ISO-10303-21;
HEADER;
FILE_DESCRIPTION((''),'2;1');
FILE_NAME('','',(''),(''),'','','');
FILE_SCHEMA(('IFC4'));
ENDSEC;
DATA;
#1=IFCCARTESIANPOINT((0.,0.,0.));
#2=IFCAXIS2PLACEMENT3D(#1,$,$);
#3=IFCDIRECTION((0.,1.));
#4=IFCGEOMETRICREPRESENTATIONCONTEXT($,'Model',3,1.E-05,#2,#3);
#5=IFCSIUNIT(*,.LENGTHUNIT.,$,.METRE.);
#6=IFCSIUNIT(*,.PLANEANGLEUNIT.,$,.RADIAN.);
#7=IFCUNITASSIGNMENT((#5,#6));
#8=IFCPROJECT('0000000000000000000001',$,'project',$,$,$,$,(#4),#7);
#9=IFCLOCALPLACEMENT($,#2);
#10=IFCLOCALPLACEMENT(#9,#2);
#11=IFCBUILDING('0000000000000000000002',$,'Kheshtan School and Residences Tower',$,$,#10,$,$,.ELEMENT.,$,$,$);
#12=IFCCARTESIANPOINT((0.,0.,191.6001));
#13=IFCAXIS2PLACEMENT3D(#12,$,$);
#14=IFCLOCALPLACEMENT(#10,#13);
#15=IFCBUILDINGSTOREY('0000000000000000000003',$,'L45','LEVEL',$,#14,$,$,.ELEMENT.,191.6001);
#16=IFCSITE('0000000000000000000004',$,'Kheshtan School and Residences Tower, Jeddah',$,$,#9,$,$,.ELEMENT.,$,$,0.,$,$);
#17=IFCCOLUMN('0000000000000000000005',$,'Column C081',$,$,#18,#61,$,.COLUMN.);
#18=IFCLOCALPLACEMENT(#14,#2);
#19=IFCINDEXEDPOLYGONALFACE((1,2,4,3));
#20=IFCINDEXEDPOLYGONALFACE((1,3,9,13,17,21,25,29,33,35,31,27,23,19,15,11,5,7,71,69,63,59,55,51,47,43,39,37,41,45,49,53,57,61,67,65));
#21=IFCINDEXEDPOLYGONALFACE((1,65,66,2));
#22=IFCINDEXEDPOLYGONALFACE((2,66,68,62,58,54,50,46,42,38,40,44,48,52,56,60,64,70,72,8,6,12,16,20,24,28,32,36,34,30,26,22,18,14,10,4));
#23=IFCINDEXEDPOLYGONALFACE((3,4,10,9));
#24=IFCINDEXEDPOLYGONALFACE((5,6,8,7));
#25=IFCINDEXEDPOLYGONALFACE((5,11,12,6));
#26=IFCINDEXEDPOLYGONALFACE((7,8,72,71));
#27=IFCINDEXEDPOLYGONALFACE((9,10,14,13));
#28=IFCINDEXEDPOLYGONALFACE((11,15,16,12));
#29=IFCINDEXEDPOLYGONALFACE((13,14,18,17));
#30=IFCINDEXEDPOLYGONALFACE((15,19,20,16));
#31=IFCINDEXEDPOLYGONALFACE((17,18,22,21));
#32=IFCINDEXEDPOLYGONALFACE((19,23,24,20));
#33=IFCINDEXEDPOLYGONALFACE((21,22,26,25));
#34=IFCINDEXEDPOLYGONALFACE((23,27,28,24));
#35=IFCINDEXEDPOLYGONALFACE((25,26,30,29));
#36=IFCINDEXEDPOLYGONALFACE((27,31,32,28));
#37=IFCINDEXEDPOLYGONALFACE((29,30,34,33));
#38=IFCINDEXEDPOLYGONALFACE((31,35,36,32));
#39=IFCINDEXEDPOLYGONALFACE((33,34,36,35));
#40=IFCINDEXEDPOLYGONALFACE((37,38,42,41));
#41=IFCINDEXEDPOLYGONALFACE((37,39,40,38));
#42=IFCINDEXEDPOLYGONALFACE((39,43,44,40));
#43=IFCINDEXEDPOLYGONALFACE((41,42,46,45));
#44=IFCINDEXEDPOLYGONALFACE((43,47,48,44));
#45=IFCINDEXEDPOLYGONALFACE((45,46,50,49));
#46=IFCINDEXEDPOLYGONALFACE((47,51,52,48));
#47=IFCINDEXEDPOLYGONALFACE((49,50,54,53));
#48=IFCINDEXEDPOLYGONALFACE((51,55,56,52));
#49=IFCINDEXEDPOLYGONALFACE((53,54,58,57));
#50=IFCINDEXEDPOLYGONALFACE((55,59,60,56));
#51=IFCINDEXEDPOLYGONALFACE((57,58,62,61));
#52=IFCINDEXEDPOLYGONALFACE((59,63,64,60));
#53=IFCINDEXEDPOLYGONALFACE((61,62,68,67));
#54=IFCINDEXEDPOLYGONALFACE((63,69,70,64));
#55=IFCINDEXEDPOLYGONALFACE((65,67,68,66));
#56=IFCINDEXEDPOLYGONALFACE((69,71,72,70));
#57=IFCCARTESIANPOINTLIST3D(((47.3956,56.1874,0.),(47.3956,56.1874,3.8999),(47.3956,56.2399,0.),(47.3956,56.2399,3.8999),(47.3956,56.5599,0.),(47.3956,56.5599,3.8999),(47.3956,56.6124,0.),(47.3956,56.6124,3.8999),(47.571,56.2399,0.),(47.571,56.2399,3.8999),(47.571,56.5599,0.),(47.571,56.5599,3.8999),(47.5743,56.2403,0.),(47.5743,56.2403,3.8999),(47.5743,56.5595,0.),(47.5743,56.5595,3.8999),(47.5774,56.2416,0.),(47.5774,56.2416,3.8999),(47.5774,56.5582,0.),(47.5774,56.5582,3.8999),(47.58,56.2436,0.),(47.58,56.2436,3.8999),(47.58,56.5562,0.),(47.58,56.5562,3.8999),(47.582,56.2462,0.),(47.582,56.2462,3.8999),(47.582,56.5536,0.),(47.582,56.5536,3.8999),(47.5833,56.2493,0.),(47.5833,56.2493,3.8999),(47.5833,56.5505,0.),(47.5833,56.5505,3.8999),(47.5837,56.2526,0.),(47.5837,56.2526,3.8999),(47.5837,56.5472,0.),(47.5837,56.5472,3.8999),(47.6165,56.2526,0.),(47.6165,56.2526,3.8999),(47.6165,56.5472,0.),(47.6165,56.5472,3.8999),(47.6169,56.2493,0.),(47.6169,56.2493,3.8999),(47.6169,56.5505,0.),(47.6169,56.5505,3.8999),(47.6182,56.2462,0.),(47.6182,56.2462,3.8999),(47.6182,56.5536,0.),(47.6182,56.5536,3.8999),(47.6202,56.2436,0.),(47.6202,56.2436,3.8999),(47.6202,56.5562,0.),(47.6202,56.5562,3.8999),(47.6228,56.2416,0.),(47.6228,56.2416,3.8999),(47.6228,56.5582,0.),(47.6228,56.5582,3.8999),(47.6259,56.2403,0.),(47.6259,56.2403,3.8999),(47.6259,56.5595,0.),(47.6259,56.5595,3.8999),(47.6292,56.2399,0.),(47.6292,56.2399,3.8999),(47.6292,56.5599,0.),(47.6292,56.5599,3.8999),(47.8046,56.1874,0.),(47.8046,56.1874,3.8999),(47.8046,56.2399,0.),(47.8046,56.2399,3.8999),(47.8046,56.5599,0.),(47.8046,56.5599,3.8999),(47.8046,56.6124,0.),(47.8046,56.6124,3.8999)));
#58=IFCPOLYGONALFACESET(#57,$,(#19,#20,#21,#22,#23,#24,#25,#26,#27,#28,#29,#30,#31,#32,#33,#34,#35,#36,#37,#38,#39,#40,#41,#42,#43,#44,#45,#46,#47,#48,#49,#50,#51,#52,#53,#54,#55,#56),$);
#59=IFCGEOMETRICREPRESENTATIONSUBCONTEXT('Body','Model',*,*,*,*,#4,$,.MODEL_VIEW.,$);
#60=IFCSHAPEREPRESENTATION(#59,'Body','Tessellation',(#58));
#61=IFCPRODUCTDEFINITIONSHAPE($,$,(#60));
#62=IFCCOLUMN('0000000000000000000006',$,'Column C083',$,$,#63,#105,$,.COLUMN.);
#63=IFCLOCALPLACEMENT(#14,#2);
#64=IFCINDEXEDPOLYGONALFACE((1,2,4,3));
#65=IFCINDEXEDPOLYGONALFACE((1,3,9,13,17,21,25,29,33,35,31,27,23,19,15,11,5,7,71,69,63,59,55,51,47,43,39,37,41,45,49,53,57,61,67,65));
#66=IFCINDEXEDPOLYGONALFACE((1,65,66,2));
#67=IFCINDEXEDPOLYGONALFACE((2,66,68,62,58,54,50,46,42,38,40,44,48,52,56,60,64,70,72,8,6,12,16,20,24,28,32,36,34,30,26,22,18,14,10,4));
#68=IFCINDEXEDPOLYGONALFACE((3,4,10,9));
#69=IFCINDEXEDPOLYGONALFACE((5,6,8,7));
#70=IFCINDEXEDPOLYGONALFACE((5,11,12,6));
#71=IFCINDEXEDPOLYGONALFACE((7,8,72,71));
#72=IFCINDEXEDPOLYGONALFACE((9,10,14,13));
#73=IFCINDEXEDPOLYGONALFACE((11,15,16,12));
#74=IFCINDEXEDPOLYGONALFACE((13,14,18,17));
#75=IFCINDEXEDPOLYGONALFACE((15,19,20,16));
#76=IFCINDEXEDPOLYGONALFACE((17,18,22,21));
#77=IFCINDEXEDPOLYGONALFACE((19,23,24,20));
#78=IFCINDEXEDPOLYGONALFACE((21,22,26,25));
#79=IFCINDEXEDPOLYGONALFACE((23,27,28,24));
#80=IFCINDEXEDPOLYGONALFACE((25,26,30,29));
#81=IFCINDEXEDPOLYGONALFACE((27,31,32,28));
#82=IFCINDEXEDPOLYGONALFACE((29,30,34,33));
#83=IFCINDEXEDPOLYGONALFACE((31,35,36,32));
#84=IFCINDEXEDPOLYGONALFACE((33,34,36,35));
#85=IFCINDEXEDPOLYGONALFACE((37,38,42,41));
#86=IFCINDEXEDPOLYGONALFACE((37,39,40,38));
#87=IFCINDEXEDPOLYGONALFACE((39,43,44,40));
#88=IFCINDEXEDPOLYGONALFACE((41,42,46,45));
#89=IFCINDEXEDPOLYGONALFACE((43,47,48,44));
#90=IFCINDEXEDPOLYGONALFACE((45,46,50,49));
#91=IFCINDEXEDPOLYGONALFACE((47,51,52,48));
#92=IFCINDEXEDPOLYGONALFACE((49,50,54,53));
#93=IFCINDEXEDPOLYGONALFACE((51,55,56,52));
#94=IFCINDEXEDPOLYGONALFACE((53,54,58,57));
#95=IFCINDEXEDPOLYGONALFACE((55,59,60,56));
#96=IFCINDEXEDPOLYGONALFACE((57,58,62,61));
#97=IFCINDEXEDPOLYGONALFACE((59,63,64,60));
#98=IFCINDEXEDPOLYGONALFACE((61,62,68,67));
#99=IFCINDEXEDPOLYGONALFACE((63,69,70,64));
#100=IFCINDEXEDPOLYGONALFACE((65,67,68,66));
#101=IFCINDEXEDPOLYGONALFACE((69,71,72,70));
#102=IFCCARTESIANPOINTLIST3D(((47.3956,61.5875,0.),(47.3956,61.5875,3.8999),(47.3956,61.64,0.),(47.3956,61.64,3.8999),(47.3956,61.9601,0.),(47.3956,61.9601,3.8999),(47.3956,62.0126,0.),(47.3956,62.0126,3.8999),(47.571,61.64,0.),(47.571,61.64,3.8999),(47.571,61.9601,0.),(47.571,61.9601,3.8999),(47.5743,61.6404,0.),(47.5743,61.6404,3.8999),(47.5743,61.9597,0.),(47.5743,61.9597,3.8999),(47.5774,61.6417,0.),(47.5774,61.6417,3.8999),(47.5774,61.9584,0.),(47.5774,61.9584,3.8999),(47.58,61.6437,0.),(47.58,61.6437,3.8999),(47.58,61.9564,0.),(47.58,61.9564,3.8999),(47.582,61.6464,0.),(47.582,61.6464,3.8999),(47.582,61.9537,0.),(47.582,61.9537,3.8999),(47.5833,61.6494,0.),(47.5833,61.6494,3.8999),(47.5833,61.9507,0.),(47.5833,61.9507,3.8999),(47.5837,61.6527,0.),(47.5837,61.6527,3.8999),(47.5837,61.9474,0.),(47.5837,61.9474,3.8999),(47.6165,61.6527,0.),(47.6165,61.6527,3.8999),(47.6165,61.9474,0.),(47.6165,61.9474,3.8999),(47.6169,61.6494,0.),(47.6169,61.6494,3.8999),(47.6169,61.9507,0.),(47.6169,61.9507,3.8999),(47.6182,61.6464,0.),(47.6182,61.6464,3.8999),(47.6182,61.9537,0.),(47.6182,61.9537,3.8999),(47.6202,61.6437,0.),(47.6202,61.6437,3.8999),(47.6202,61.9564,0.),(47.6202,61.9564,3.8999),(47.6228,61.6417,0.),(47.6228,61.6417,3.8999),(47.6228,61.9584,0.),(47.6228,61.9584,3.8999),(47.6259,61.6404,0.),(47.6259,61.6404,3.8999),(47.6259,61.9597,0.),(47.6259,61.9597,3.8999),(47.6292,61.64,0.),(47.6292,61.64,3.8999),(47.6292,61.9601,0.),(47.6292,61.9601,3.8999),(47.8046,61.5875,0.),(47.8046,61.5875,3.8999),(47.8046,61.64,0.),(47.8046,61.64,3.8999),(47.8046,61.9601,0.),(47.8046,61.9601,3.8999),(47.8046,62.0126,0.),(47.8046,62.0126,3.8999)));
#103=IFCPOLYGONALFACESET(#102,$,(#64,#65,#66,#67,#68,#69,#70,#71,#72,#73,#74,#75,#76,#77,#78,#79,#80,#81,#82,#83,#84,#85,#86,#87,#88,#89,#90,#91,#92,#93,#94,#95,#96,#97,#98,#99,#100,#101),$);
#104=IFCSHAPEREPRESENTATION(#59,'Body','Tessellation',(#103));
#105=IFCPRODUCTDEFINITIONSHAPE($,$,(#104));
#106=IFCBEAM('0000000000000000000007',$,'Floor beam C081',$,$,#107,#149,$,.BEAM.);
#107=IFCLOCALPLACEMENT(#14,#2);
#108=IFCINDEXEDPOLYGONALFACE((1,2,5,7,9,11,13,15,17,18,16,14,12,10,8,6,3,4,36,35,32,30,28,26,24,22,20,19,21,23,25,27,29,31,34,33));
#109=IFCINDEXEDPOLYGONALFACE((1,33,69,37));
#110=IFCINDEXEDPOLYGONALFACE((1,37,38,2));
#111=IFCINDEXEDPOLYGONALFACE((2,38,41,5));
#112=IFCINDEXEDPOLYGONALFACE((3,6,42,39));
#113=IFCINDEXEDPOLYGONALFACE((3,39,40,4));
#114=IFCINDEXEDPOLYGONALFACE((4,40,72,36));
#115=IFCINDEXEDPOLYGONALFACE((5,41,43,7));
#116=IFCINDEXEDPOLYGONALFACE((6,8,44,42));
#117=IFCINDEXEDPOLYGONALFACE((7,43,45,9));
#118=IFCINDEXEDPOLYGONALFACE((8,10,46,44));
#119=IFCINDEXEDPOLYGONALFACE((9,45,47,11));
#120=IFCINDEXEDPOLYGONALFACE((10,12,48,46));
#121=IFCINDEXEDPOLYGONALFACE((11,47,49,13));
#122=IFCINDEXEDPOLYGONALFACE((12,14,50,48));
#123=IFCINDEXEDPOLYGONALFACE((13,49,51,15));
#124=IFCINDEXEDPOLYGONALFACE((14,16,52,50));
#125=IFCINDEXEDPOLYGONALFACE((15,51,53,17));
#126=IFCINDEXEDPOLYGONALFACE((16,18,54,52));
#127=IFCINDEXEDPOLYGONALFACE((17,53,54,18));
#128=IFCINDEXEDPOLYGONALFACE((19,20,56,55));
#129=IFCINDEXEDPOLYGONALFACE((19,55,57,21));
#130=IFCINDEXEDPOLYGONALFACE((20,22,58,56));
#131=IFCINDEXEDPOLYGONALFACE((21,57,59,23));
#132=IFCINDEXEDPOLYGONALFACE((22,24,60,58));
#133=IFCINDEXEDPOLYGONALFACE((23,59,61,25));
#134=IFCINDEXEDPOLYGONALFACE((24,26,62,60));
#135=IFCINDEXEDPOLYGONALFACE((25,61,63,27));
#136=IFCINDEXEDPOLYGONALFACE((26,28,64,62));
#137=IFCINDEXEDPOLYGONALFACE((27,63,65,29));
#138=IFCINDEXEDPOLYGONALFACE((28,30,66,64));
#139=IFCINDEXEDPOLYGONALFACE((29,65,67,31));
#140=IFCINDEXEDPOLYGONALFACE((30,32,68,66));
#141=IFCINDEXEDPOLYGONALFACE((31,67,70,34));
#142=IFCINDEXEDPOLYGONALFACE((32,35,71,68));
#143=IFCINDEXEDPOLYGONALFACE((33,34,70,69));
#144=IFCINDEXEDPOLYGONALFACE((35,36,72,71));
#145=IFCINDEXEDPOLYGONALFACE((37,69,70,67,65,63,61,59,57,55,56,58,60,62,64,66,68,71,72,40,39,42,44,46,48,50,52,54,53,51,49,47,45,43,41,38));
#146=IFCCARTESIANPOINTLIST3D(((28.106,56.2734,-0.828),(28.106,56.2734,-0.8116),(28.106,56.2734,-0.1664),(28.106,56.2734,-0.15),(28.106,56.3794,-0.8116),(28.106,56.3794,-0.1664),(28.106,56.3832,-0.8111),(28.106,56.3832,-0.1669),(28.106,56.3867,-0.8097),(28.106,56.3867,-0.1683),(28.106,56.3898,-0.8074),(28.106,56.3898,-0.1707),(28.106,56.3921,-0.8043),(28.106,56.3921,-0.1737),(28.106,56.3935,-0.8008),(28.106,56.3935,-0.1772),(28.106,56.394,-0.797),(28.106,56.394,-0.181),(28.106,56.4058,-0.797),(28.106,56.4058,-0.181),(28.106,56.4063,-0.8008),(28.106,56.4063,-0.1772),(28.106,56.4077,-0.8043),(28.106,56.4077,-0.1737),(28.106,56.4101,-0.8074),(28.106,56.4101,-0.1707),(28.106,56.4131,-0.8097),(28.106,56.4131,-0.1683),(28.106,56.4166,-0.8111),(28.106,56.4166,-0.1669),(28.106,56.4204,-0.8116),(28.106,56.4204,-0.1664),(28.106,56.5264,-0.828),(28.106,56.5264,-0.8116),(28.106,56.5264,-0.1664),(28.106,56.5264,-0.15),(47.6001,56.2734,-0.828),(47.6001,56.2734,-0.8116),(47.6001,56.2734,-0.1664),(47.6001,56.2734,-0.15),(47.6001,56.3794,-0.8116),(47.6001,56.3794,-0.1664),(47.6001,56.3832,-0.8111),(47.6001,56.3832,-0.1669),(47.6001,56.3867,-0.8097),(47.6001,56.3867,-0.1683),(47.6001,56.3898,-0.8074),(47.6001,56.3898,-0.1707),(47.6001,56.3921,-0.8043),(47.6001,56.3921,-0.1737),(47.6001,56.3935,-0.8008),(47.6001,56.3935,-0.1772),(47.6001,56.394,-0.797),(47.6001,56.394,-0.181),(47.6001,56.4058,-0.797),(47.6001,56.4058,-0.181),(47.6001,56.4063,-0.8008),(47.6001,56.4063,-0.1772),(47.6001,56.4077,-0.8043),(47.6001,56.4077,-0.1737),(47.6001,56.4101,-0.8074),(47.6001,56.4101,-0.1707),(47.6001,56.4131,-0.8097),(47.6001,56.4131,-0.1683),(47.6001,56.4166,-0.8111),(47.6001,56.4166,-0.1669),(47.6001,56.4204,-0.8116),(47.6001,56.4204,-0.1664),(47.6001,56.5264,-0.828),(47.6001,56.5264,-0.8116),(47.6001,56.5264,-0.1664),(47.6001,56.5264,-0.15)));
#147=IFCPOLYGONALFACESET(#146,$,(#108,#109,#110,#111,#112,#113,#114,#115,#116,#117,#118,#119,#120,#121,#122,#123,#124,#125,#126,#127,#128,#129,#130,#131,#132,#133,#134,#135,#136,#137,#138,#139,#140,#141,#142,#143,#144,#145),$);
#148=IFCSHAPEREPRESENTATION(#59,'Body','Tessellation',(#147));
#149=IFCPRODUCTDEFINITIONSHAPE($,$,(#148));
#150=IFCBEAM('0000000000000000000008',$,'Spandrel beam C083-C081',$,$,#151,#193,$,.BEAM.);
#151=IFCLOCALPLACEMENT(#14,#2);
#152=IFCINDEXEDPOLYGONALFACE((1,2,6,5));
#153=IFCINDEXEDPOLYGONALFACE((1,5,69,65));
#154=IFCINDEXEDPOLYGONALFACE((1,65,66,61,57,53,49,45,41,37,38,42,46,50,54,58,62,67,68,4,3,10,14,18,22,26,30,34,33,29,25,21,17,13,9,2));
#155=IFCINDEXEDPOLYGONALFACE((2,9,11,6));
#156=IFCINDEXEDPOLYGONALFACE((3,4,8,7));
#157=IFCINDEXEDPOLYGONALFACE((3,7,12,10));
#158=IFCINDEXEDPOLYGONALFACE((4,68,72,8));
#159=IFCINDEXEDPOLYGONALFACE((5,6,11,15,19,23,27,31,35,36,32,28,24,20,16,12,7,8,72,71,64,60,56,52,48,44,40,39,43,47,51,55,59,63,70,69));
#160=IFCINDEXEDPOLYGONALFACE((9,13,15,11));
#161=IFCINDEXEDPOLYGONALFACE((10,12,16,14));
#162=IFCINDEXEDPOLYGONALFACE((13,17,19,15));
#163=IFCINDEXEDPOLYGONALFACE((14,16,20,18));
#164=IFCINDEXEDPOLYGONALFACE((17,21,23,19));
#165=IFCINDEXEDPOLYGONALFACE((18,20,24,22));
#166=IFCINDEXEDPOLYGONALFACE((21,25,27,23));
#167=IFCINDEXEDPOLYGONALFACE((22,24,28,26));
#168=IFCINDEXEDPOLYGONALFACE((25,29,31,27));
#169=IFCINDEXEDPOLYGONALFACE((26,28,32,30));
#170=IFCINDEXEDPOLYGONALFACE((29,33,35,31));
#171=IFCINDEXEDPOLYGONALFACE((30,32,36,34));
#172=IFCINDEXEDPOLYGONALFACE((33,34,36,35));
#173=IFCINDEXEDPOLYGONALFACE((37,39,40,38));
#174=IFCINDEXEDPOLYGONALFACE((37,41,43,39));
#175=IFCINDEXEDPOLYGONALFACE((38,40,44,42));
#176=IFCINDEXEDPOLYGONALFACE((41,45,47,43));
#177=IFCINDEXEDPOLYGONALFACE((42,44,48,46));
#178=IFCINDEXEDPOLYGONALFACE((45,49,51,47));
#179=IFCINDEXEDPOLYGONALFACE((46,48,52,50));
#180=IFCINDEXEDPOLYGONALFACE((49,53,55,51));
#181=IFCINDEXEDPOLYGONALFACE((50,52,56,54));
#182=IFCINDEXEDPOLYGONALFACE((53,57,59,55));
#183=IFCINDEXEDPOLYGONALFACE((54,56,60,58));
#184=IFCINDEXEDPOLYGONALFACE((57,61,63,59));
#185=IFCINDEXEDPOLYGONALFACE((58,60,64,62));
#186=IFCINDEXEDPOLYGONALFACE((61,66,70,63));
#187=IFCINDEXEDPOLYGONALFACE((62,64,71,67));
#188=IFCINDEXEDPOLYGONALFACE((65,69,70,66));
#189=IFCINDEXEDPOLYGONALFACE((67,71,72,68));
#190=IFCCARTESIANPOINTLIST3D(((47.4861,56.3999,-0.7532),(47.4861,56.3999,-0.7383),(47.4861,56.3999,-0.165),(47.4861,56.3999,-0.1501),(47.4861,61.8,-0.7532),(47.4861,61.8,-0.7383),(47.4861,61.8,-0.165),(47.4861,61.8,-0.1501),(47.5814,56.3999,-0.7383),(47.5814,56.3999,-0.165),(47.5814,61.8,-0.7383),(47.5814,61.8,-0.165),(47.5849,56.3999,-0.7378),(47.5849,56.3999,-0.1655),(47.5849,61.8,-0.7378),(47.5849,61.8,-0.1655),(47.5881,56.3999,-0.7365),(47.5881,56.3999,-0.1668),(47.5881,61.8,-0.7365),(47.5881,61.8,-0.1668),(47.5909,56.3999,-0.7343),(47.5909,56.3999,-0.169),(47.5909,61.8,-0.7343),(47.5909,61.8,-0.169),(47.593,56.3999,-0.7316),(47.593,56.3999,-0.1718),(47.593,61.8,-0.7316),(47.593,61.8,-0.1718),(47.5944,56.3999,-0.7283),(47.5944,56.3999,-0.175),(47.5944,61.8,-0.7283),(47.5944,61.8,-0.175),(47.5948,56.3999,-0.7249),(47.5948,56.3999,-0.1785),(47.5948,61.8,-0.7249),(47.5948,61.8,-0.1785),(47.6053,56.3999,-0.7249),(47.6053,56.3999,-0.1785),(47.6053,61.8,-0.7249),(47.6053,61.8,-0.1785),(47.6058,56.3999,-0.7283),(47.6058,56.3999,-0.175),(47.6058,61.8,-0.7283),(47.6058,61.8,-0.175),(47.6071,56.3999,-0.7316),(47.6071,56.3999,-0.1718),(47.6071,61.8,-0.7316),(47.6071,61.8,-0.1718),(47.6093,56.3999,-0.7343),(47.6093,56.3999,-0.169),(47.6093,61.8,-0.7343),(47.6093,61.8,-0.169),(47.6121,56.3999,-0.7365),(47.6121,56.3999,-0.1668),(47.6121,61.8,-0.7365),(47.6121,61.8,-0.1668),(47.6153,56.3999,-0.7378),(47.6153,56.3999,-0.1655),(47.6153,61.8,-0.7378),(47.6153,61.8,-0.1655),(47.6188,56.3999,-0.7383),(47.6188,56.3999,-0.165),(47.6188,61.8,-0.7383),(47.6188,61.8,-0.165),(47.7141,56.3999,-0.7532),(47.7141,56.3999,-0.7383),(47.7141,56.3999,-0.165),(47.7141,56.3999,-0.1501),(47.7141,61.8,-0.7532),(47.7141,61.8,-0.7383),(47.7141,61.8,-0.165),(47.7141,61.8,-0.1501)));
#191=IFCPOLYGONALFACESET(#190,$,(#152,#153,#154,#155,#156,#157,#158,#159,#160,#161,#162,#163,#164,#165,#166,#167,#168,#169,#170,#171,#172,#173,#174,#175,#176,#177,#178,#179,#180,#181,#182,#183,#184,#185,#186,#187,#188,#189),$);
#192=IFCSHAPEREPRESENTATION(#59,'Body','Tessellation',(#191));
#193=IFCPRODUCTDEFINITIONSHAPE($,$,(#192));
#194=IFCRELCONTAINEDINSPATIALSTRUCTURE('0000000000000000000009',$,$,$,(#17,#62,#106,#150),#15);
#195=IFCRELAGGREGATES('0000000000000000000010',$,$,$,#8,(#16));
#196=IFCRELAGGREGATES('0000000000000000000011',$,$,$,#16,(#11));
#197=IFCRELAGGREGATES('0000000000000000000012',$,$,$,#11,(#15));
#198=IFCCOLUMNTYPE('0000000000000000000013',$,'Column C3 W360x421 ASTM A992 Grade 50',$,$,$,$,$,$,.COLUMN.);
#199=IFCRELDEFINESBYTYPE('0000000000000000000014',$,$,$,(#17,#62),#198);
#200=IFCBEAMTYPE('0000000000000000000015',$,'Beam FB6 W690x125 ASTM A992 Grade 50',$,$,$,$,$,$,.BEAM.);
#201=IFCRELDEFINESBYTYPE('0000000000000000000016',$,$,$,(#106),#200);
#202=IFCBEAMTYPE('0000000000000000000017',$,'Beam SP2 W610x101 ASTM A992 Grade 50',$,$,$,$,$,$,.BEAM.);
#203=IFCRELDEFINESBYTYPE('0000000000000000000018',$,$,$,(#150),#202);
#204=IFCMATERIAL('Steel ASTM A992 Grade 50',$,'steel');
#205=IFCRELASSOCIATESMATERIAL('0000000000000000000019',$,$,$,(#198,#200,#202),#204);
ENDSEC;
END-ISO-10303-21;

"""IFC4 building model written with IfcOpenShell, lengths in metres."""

from ifc_helpers import new_model, si_unit, direction, frame, origin, origin_2d, place, context, subcontext, project, spatial, i_section, extrude, material, material_profile, profile_set, type_object, element, save


model = new_model("IFC4")

# Units and contexts
model_context = context("Model", 3, precision=1e-05, world=origin(), true_north=direction((0.0, 1.0)))
body_context = subcontext(model_context, "Body", "Model", "MODEL_VIEW")
ifc_project = project(units=[si_unit("LENGTHUNIT", "METRE"), si_unit("PLANEANGLEUNIT", "RADIAN")], contexts=[model_context])

# Site, building, storey
site_placement = place(None, origin())
site = spatial("IfcSite", under=ifc_project, at=site_placement, Name="Kheshtan School and Residences Tower, Jeddah", CompositionType="ELEMENT", RefElevation=0.0)
building_placement = place(site_placement, origin())
building = spatial("IfcBuilding", under=site, at=building_placement, Name="Kheshtan School and Residences Tower", CompositionType="ELEMENT")
storey_placement = place(building_placement, frame((0.0, 0.0, 191.6001)))
storey = spatial("IfcBuildingStorey", under=building, at=storey_placement, Name="L45", Description="LEVEL", CompositionType="ELEMENT", Elevation=191.6001)

# Columns
ifc_material_1 = material(Name="Steel ASTM A992 Grade 50", Category="steel")
ifc_material_profile_1 = material_profile(ifc_material_1, i_section(OverallWidth=0.4089, OverallDepth=0.425, WebThickness=0.0327, FlangeThickness=0.0525, FilletRadius=0.0127, at=origin_2d()), Name="W360x421")
ifc_profile_set_1 = profile_set([ifc_material_profile_1], Name="Steel ASTM A992 Grade 50")
column_type = type_object("IfcColumnType", Name="Column C3 W360x421 ASTM A992 Grade 50", PredefinedType="COLUMN", material=ifc_profile_set_1)
for number, where, z_axis, x_axis, name in (
    (1, (47.6001, 56.3999, 0.0), (0.0, 0.0, 1.0), (1.0, 0.0, 0.0), "Column C081"),
    (2, (47.6001, 61.8, 0.0), (0.0, 0.0, 1.0), (1.0, 0.0, 0.0), "Column C083"),
):
    element("IfcColumn", number, at=place(storey_placement, frame(where, z_axis=z_axis, x_axis=x_axis)), inside=storey, type_object=column_type, Name=name, PredefinedType="COLUMN", context=body_context, shape_type="SweptSolid", body=[
        extrude(i_section(OverallWidth=0.4089, OverallDepth=0.425, WebThickness=0.0327, FlangeThickness=0.0525, FilletRadius=0.0127, at=origin_2d()), origin(), (0.0, 0.0, 1.0), 3.8999),
    ])

# Beams
ifc_material_profile_2 = material_profile(ifc_material_1, i_section(OverallWidth=0.2529, OverallDepth=0.678, WebThickness=0.0117, FlangeThickness=0.0164, FilletRadius=0.0146, at=origin_2d()), Name="W690x125")
ifc_profile_set_2 = profile_set([ifc_material_profile_2], Name="Steel ASTM A992 Grade 50")
beam_type_1 = type_object("IfcBeamType", Name="Beam FB6 W690x125 ASTM A992 Grade 50", PredefinedType="BEAM", material=ifc_profile_set_2)
beam_1_placement = place(storey_placement, frame((47.6001, 56.3999, -0.489), z_axis=(-1.0, 0.0, 0.0), x_axis=(0.0, -1.0, 0.0)))
element("IfcBeam", 3, at=beam_1_placement, inside=storey, type_object=beam_type_1, Name="Floor beam C081", PredefinedType="BEAM", context=body_context, shape_type="SweptSolid", body=[
    extrude(i_section(OverallWidth=0.2529, OverallDepth=0.678, WebThickness=0.0117, FlangeThickness=0.0164, FilletRadius=0.0146, at=origin_2d()), origin(), (0.0, 0.0, 1.0), 19.4941),
])
ifc_material_profile_3 = material_profile(ifc_material_1, i_section(OverallWidth=0.228, OverallDepth=0.603, WebThickness=0.0105, FlangeThickness=0.0149, FilletRadius=0.0134, at=origin_2d()), Name="W610x101")
ifc_profile_set_3 = profile_set([ifc_material_profile_3], Name="Steel ASTM A992 Grade 50")
beam_type_2 = type_object("IfcBeamType", Name="Beam SP2 W610x101 ASTM A992 Grade 50", PredefinedType="BEAM", material=ifc_profile_set_3)
beam_2_placement = place(storey_placement, frame((47.6001, 61.8, -0.4517), z_axis=(0.0, -1.0, 0.0), x_axis=(1.0, 0.0, 0.0)))
element("IfcBeam", 4, at=beam_2_placement, inside=storey, type_object=beam_type_2, Name="Spandrel beam C083-C081", PredefinedType="BEAM", context=body_context, shape_type="SweptSolid", body=[
    extrude(i_section(OverallWidth=0.228, OverallDepth=0.603, WebThickness=0.0105, FlangeThickness=0.0149, FilletRadius=0.0134, at=origin_2d()), origin(), (0.0, 0.0, 1.0), 5.4001),
])

save(model, "model.ifc")
